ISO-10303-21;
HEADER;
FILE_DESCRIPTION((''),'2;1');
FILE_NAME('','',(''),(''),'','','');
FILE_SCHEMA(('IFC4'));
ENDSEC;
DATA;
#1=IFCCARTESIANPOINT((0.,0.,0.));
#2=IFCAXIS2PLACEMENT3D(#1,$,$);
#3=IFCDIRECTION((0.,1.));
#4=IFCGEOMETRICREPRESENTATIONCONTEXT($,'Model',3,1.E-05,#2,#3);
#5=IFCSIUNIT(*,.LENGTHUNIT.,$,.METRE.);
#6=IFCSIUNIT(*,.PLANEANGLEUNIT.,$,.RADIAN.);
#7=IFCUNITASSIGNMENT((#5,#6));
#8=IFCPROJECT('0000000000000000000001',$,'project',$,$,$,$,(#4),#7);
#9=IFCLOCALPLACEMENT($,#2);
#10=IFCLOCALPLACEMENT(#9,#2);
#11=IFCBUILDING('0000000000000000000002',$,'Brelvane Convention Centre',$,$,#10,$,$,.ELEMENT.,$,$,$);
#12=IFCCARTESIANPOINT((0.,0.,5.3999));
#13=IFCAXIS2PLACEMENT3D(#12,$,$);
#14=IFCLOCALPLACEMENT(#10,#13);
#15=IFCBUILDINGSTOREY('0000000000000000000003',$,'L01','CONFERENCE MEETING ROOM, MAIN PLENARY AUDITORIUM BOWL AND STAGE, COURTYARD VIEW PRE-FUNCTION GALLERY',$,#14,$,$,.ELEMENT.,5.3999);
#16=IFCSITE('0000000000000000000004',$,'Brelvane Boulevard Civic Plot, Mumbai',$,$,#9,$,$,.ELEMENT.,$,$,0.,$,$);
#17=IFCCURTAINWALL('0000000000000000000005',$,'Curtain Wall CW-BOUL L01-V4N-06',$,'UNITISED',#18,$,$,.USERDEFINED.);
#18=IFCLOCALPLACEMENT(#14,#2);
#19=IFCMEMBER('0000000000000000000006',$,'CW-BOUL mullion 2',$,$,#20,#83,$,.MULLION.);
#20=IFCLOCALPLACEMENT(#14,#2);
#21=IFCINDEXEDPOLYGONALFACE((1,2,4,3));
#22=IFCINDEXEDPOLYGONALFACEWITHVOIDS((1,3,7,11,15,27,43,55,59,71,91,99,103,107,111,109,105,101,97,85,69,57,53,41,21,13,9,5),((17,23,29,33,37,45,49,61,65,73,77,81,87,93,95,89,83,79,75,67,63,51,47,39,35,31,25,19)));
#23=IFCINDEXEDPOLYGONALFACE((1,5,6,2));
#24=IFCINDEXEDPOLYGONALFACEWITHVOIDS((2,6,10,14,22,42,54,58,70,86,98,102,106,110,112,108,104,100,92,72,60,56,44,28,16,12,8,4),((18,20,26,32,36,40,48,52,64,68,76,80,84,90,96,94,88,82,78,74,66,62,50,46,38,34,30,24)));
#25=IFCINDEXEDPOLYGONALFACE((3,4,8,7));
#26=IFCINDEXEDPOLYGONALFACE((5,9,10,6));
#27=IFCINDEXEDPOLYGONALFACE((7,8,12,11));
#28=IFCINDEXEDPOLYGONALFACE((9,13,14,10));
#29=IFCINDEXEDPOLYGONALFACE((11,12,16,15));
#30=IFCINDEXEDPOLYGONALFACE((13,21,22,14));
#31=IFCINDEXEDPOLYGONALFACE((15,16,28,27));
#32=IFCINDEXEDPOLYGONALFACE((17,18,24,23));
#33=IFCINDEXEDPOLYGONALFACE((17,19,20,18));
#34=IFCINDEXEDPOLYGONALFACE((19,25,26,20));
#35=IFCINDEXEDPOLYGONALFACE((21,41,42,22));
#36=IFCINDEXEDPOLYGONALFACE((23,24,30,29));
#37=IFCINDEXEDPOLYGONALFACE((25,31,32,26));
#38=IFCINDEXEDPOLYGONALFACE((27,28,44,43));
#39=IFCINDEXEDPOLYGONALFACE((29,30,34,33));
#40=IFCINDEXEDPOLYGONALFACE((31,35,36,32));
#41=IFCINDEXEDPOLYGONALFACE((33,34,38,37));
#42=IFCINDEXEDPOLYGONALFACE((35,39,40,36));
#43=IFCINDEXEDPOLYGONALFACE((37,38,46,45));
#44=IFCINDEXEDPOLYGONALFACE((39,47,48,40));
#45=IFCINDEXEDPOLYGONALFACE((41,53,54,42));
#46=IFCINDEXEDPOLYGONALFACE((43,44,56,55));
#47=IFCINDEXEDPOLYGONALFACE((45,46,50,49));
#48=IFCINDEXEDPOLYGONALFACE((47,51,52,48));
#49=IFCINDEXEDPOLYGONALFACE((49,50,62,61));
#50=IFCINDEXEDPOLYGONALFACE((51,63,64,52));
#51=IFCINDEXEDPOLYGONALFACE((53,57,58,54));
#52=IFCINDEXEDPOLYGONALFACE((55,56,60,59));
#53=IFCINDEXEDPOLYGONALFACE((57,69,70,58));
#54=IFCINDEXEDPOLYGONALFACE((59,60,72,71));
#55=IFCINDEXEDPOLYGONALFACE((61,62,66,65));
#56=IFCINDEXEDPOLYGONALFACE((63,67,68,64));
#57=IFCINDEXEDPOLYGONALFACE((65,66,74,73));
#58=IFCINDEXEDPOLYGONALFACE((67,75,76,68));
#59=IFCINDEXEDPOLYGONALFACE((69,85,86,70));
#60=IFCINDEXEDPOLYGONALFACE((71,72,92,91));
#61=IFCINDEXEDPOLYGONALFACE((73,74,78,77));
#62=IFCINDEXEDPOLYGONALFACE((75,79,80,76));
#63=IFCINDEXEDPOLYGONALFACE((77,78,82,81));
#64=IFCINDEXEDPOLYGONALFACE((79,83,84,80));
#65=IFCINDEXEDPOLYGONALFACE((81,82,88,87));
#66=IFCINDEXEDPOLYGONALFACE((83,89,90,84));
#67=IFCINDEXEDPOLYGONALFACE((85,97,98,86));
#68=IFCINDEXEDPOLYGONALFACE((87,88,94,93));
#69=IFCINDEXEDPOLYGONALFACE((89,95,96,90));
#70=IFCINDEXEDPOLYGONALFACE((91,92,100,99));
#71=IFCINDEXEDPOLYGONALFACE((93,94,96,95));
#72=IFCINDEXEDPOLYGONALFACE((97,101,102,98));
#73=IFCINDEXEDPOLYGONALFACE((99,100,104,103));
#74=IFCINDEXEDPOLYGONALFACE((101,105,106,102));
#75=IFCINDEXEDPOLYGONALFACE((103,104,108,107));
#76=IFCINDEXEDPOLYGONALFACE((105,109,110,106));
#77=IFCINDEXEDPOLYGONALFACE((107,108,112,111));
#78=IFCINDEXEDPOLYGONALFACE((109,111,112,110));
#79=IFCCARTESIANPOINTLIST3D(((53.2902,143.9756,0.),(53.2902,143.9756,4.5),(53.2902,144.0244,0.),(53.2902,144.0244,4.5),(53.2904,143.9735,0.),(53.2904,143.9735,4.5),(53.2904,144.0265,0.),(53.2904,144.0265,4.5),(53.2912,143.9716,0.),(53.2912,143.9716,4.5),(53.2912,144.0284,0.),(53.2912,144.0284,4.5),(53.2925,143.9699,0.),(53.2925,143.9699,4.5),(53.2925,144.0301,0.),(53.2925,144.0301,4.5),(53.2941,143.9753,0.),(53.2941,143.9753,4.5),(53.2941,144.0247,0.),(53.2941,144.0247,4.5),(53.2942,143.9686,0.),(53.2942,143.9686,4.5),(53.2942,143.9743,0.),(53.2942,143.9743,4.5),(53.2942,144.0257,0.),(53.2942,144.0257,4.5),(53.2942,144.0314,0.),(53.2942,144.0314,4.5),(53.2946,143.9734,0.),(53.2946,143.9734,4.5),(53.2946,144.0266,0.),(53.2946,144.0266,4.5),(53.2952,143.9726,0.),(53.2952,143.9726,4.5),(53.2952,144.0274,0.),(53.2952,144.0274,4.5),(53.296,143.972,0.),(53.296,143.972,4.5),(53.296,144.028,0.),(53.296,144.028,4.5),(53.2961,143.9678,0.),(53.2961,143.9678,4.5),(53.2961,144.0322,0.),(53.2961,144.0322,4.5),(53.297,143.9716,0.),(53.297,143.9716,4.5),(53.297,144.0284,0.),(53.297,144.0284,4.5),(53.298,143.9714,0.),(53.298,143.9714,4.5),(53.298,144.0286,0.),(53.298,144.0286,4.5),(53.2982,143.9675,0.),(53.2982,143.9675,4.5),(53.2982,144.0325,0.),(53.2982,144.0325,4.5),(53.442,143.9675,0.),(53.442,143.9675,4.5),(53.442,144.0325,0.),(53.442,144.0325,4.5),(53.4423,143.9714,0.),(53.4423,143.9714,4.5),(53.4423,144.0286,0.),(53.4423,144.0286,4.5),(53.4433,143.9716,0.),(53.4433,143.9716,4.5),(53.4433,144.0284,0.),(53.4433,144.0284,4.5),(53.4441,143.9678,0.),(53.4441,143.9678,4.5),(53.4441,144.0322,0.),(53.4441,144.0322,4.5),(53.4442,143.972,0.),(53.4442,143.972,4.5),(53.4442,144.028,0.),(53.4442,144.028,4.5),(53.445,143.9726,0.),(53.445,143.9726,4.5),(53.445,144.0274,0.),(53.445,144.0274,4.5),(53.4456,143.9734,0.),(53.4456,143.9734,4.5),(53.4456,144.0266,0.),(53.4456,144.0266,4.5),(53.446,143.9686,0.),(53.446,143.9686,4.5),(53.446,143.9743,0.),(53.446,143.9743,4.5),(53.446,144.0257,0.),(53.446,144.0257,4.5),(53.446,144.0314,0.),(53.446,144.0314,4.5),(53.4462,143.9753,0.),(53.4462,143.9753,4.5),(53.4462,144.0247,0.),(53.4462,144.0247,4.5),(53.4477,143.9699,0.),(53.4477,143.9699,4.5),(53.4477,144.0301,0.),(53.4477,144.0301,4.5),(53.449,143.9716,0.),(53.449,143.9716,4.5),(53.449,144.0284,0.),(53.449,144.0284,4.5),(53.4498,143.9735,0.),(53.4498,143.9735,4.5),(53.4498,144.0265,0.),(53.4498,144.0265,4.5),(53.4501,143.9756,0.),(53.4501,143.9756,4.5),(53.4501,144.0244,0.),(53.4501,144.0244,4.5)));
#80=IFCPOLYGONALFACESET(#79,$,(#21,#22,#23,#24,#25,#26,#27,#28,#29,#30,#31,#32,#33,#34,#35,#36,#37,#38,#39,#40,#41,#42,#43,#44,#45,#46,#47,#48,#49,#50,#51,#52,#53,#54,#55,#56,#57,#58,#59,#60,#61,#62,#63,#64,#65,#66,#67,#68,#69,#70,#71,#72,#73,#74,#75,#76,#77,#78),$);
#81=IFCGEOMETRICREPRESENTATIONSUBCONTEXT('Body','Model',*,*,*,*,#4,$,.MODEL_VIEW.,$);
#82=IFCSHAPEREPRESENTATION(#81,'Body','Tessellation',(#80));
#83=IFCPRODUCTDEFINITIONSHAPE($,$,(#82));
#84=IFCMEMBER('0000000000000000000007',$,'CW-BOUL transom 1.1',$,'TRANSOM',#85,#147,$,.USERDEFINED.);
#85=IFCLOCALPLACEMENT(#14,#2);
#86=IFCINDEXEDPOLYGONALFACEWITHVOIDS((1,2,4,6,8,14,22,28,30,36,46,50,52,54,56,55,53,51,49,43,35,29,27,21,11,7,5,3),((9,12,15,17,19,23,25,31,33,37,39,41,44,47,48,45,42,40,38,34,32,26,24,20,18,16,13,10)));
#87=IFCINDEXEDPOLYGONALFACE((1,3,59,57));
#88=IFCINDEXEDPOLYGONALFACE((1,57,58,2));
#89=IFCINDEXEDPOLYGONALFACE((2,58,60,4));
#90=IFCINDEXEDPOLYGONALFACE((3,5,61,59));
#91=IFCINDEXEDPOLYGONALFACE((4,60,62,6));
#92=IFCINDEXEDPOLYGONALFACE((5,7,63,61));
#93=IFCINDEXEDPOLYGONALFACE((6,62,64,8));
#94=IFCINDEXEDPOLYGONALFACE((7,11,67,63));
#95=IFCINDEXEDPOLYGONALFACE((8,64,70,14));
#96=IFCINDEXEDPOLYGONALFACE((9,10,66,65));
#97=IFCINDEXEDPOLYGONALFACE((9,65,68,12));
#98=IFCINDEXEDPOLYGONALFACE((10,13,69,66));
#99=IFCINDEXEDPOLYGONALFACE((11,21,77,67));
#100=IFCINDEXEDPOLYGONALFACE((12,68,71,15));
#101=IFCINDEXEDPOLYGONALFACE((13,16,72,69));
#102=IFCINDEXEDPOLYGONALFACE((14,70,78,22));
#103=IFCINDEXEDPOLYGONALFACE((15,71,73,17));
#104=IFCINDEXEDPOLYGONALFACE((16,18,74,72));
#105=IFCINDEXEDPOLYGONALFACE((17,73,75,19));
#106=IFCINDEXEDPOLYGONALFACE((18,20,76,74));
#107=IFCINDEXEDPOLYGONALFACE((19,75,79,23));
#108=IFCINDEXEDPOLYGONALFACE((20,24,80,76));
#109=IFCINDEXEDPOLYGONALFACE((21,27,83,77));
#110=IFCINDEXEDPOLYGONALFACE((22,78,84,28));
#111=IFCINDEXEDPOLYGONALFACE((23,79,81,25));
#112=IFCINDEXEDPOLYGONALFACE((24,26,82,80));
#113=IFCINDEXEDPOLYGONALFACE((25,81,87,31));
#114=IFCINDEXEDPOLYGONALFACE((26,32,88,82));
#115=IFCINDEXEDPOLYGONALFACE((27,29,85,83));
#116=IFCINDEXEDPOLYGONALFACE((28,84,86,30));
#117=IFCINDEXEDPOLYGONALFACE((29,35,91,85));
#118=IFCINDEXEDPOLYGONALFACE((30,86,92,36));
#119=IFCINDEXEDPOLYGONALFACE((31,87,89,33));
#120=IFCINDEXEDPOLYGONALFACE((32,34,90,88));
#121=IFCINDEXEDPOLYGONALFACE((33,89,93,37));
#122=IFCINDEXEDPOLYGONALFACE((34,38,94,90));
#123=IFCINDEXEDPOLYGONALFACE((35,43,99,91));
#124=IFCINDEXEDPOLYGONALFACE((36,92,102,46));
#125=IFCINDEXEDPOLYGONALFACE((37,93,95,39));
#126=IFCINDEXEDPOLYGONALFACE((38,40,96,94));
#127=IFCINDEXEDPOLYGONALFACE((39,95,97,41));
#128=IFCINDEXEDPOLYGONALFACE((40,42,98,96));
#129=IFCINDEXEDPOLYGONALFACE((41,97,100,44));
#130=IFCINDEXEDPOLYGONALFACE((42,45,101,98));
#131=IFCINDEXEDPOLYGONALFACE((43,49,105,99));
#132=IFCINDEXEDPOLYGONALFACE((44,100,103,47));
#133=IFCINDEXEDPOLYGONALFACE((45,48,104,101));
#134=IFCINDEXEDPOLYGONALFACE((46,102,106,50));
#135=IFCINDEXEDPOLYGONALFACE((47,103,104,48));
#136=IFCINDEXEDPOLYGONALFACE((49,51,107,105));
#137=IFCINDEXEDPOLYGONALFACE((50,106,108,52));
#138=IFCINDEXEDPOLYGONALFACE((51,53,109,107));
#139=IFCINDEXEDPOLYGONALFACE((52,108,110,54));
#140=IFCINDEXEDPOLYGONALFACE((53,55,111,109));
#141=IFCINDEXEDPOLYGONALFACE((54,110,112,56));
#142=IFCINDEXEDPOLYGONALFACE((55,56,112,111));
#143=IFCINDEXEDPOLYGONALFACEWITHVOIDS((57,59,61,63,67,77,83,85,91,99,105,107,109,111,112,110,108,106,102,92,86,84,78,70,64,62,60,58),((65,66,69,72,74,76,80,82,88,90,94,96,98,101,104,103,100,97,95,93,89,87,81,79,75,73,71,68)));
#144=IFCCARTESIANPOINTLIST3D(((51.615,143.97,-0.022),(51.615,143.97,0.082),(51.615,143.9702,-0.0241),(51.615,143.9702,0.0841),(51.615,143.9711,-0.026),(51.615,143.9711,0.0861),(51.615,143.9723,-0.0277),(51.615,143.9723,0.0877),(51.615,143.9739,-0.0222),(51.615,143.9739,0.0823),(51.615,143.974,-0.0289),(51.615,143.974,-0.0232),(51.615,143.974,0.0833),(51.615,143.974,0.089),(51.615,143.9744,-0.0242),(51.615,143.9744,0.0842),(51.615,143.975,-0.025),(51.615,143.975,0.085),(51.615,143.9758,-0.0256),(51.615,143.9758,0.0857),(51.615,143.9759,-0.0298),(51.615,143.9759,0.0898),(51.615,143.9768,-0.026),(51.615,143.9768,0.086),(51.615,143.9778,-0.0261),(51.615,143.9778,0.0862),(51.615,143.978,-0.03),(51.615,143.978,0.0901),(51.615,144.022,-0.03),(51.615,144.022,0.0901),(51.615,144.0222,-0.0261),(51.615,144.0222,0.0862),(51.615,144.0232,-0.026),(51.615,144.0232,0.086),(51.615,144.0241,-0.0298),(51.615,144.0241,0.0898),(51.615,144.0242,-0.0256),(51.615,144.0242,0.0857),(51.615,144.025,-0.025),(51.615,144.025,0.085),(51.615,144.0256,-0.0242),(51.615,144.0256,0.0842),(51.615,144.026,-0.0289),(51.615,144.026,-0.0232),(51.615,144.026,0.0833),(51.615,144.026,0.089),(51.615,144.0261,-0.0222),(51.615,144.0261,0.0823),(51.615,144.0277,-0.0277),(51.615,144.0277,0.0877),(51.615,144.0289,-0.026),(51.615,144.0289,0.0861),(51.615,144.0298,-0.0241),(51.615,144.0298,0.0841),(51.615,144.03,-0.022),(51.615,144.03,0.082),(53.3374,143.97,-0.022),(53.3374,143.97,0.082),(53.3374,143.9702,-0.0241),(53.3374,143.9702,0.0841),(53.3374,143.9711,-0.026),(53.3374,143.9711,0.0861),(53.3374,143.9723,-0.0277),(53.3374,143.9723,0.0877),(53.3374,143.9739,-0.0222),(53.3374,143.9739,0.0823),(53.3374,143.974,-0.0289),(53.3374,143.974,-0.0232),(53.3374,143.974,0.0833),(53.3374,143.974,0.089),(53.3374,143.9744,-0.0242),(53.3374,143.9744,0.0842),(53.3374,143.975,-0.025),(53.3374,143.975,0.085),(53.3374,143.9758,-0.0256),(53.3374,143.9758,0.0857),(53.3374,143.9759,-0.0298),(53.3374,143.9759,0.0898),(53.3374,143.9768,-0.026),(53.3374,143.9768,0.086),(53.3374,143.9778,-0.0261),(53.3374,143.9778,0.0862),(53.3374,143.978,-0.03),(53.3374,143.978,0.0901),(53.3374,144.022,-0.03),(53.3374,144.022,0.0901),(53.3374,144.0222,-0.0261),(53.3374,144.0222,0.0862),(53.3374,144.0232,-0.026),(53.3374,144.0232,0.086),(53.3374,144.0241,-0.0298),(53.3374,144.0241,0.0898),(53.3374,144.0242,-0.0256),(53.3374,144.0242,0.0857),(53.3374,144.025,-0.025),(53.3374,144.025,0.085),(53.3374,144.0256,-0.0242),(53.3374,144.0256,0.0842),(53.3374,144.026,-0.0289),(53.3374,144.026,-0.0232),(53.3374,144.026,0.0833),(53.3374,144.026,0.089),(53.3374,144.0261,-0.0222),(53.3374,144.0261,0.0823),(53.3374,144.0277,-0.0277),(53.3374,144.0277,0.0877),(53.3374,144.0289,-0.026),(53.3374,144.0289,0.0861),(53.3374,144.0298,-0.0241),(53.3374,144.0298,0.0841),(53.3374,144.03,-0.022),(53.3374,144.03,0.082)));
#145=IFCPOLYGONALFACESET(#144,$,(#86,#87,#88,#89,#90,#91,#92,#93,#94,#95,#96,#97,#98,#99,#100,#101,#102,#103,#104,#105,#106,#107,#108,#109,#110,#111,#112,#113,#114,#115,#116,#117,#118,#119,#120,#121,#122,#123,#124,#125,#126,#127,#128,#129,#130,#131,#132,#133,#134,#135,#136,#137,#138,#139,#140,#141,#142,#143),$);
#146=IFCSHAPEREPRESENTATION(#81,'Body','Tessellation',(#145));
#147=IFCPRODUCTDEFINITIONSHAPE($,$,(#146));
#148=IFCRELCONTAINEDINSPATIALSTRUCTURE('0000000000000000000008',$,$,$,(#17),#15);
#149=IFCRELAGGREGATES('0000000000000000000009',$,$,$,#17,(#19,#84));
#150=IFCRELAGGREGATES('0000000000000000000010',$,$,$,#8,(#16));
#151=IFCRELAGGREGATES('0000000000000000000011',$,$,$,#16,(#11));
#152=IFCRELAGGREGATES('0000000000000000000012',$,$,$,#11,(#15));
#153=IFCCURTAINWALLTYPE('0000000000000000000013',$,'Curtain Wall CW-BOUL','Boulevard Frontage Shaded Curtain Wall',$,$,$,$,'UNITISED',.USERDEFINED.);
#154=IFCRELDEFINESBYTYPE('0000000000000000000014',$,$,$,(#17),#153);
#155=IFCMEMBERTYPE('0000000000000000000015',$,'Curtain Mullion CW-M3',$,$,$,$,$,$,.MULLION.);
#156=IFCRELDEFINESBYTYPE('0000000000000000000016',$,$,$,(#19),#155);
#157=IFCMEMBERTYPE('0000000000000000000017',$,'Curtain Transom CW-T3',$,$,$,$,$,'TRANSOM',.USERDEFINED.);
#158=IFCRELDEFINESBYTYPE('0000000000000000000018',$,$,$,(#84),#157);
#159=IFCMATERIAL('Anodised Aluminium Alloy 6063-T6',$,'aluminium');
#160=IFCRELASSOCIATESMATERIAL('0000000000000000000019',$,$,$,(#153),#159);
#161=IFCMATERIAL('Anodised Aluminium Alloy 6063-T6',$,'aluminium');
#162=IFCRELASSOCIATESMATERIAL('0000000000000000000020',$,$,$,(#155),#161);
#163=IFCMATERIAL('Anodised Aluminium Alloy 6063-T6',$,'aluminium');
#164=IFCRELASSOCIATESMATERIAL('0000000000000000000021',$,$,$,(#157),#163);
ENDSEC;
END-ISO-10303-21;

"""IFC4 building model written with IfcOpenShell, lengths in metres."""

from ifc_helpers import new_model, si_unit, direction, frame, origin, origin_2d, place, context, subcontext, project, spatial, hollow_rectangle, extrude, material, material_profile, profile_set, type_object, element, aggregate, save


model = new_model("IFC4")

# Units and contexts
model_context = context("Model", 3, precision=1e-05, world=origin(), true_north=direction((0.0, 1.0)))
body_context = subcontext(model_context, "Body", "Model", "MODEL_VIEW")
ifc_project = project(units=[si_unit("LENGTHUNIT", "METRE"), si_unit("PLANEANGLEUNIT", "RADIAN")], contexts=[model_context])

# Site, building, storey
site_placement = place(None, origin())
site = spatial("IfcSite", under=ifc_project, at=site_placement, Name="Brelvane Boulevard Civic Plot, Mumbai", CompositionType="ELEMENT", RefElevation=0.0)
building_placement = place(site_placement, origin())
building = spatial("IfcBuilding", under=site, at=building_placement, Name="Brelvane Convention Centre", CompositionType="ELEMENT")
storey_placement = place(building_placement, frame((0.0, 0.0, 5.3999)))
storey = spatial("IfcBuildingStorey", under=building, at=storey_placement, Name="L01", Description="CONFERENCE MEETING ROOM, MAIN PLENARY AUDITORIUM BOWL AND STAGE, COURTYARD VIEW PRE-FUNCTION GALLERY", CompositionType="ELEMENT", Elevation=5.3999)

# Curtain wall, members
ifc_material_1 = material(Name="Anodised Aluminium Alloy 6063-T6", Category="aluminium")
curtain_wall_type = type_object("IfcCurtainWallType", Name="Curtain Wall CW-BOUL", Description="Boulevard Frontage Shaded Curtain Wall", ElementType="UNITISED", PredefinedType="USERDEFINED", material=ifc_material_1)
curtain_wall_placement = place(storey_placement, origin())
curtain_wall = element("IfcCurtainWall", 1, at=curtain_wall_placement, inside=storey, type_object=curtain_wall_type, Name="Curtain Wall CW-BOUL L01-V4N-06", ObjectType="UNITISED", PredefinedType="USERDEFINED")
ifc_material_2 = material(Name="Anodised Aluminium Alloy 6063-T6", Category="aluminium")
ifc_material_profile_1 = material_profile(ifc_material_2, hollow_rectangle(XDim=0.0649, YDim=0.1599, WallThickness=0.0039, InnerFilletRadius=0.0039, OuterFilletRadius=0.0081, at=origin_2d()), Name="ALU-M 160x65x4.0")
ifc_profile_set_1 = profile_set([ifc_material_profile_1], Name="Anodised Aluminium Alloy 6063-T6")
member_type_1 = type_object("IfcMemberType", Name="Curtain Mullion CW-M3", PredefinedType="MULLION", material=ifc_profile_set_1)
member_1_placement = place(storey_placement, frame((53.3701, 144.0, 0.0), z_axis=(0.0, 0.0, 1.0), x_axis=(0.0, 1.0, 0.0)))
member_1 = element("IfcMember", 2, at=member_1_placement, type_object=member_type_1, Name="CW-BOUL mullion 2", PredefinedType="MULLION", context=body_context, shape_type="SweptSolid", body=[
    extrude(hollow_rectangle(XDim=0.0649, YDim=0.1599, WallThickness=0.0039, InnerFilletRadius=0.0039, OuterFilletRadius=0.0081, at=origin_2d()), origin(), (0.0, 0.0, 1.0), 4.5),
])
ifc_material_3 = material(Name="Anodised Aluminium Alloy 6063-T6", Category="aluminium")
ifc_material_profile_2 = material_profile(ifc_material_3, hollow_rectangle(XDim=0.0601, YDim=0.1201, WallThickness=0.0039, InnerFilletRadius=0.0039, OuterFilletRadius=0.0081, at=origin_2d()), Name="ALU-T 120x60x4.0")
ifc_profile_set_2 = profile_set([ifc_material_profile_2], Name="Anodised Aluminium Alloy 6063-T6")
member_type_2 = type_object("IfcMemberType", Name="Curtain Transom CW-T3", ElementType="TRANSOM", PredefinedType="USERDEFINED", material=ifc_profile_set_2)
member_2_placement = place(storey_placement, frame((51.615, 144.0, 0.03), z_axis=(1.0, 0.0, 0.0), x_axis=(0.0, 1.0, 0.0)))
member_2 = element("IfcMember", 3, at=member_2_placement, type_object=member_type_2, Name="CW-BOUL transom 1.1", ObjectType="TRANSOM", PredefinedType="USERDEFINED", context=body_context, shape_type="SweptSolid", body=[
    extrude(hollow_rectangle(XDim=0.0601, YDim=0.1201, WallThickness=0.0039, InnerFilletRadius=0.0039, OuterFilletRadius=0.0081, at=origin_2d()), origin(), (0.0, 0.0, 1.0), 1.7224),
])

aggregate(curtain_wall, [member_1, member_2])

save(model, "model.ifc")
